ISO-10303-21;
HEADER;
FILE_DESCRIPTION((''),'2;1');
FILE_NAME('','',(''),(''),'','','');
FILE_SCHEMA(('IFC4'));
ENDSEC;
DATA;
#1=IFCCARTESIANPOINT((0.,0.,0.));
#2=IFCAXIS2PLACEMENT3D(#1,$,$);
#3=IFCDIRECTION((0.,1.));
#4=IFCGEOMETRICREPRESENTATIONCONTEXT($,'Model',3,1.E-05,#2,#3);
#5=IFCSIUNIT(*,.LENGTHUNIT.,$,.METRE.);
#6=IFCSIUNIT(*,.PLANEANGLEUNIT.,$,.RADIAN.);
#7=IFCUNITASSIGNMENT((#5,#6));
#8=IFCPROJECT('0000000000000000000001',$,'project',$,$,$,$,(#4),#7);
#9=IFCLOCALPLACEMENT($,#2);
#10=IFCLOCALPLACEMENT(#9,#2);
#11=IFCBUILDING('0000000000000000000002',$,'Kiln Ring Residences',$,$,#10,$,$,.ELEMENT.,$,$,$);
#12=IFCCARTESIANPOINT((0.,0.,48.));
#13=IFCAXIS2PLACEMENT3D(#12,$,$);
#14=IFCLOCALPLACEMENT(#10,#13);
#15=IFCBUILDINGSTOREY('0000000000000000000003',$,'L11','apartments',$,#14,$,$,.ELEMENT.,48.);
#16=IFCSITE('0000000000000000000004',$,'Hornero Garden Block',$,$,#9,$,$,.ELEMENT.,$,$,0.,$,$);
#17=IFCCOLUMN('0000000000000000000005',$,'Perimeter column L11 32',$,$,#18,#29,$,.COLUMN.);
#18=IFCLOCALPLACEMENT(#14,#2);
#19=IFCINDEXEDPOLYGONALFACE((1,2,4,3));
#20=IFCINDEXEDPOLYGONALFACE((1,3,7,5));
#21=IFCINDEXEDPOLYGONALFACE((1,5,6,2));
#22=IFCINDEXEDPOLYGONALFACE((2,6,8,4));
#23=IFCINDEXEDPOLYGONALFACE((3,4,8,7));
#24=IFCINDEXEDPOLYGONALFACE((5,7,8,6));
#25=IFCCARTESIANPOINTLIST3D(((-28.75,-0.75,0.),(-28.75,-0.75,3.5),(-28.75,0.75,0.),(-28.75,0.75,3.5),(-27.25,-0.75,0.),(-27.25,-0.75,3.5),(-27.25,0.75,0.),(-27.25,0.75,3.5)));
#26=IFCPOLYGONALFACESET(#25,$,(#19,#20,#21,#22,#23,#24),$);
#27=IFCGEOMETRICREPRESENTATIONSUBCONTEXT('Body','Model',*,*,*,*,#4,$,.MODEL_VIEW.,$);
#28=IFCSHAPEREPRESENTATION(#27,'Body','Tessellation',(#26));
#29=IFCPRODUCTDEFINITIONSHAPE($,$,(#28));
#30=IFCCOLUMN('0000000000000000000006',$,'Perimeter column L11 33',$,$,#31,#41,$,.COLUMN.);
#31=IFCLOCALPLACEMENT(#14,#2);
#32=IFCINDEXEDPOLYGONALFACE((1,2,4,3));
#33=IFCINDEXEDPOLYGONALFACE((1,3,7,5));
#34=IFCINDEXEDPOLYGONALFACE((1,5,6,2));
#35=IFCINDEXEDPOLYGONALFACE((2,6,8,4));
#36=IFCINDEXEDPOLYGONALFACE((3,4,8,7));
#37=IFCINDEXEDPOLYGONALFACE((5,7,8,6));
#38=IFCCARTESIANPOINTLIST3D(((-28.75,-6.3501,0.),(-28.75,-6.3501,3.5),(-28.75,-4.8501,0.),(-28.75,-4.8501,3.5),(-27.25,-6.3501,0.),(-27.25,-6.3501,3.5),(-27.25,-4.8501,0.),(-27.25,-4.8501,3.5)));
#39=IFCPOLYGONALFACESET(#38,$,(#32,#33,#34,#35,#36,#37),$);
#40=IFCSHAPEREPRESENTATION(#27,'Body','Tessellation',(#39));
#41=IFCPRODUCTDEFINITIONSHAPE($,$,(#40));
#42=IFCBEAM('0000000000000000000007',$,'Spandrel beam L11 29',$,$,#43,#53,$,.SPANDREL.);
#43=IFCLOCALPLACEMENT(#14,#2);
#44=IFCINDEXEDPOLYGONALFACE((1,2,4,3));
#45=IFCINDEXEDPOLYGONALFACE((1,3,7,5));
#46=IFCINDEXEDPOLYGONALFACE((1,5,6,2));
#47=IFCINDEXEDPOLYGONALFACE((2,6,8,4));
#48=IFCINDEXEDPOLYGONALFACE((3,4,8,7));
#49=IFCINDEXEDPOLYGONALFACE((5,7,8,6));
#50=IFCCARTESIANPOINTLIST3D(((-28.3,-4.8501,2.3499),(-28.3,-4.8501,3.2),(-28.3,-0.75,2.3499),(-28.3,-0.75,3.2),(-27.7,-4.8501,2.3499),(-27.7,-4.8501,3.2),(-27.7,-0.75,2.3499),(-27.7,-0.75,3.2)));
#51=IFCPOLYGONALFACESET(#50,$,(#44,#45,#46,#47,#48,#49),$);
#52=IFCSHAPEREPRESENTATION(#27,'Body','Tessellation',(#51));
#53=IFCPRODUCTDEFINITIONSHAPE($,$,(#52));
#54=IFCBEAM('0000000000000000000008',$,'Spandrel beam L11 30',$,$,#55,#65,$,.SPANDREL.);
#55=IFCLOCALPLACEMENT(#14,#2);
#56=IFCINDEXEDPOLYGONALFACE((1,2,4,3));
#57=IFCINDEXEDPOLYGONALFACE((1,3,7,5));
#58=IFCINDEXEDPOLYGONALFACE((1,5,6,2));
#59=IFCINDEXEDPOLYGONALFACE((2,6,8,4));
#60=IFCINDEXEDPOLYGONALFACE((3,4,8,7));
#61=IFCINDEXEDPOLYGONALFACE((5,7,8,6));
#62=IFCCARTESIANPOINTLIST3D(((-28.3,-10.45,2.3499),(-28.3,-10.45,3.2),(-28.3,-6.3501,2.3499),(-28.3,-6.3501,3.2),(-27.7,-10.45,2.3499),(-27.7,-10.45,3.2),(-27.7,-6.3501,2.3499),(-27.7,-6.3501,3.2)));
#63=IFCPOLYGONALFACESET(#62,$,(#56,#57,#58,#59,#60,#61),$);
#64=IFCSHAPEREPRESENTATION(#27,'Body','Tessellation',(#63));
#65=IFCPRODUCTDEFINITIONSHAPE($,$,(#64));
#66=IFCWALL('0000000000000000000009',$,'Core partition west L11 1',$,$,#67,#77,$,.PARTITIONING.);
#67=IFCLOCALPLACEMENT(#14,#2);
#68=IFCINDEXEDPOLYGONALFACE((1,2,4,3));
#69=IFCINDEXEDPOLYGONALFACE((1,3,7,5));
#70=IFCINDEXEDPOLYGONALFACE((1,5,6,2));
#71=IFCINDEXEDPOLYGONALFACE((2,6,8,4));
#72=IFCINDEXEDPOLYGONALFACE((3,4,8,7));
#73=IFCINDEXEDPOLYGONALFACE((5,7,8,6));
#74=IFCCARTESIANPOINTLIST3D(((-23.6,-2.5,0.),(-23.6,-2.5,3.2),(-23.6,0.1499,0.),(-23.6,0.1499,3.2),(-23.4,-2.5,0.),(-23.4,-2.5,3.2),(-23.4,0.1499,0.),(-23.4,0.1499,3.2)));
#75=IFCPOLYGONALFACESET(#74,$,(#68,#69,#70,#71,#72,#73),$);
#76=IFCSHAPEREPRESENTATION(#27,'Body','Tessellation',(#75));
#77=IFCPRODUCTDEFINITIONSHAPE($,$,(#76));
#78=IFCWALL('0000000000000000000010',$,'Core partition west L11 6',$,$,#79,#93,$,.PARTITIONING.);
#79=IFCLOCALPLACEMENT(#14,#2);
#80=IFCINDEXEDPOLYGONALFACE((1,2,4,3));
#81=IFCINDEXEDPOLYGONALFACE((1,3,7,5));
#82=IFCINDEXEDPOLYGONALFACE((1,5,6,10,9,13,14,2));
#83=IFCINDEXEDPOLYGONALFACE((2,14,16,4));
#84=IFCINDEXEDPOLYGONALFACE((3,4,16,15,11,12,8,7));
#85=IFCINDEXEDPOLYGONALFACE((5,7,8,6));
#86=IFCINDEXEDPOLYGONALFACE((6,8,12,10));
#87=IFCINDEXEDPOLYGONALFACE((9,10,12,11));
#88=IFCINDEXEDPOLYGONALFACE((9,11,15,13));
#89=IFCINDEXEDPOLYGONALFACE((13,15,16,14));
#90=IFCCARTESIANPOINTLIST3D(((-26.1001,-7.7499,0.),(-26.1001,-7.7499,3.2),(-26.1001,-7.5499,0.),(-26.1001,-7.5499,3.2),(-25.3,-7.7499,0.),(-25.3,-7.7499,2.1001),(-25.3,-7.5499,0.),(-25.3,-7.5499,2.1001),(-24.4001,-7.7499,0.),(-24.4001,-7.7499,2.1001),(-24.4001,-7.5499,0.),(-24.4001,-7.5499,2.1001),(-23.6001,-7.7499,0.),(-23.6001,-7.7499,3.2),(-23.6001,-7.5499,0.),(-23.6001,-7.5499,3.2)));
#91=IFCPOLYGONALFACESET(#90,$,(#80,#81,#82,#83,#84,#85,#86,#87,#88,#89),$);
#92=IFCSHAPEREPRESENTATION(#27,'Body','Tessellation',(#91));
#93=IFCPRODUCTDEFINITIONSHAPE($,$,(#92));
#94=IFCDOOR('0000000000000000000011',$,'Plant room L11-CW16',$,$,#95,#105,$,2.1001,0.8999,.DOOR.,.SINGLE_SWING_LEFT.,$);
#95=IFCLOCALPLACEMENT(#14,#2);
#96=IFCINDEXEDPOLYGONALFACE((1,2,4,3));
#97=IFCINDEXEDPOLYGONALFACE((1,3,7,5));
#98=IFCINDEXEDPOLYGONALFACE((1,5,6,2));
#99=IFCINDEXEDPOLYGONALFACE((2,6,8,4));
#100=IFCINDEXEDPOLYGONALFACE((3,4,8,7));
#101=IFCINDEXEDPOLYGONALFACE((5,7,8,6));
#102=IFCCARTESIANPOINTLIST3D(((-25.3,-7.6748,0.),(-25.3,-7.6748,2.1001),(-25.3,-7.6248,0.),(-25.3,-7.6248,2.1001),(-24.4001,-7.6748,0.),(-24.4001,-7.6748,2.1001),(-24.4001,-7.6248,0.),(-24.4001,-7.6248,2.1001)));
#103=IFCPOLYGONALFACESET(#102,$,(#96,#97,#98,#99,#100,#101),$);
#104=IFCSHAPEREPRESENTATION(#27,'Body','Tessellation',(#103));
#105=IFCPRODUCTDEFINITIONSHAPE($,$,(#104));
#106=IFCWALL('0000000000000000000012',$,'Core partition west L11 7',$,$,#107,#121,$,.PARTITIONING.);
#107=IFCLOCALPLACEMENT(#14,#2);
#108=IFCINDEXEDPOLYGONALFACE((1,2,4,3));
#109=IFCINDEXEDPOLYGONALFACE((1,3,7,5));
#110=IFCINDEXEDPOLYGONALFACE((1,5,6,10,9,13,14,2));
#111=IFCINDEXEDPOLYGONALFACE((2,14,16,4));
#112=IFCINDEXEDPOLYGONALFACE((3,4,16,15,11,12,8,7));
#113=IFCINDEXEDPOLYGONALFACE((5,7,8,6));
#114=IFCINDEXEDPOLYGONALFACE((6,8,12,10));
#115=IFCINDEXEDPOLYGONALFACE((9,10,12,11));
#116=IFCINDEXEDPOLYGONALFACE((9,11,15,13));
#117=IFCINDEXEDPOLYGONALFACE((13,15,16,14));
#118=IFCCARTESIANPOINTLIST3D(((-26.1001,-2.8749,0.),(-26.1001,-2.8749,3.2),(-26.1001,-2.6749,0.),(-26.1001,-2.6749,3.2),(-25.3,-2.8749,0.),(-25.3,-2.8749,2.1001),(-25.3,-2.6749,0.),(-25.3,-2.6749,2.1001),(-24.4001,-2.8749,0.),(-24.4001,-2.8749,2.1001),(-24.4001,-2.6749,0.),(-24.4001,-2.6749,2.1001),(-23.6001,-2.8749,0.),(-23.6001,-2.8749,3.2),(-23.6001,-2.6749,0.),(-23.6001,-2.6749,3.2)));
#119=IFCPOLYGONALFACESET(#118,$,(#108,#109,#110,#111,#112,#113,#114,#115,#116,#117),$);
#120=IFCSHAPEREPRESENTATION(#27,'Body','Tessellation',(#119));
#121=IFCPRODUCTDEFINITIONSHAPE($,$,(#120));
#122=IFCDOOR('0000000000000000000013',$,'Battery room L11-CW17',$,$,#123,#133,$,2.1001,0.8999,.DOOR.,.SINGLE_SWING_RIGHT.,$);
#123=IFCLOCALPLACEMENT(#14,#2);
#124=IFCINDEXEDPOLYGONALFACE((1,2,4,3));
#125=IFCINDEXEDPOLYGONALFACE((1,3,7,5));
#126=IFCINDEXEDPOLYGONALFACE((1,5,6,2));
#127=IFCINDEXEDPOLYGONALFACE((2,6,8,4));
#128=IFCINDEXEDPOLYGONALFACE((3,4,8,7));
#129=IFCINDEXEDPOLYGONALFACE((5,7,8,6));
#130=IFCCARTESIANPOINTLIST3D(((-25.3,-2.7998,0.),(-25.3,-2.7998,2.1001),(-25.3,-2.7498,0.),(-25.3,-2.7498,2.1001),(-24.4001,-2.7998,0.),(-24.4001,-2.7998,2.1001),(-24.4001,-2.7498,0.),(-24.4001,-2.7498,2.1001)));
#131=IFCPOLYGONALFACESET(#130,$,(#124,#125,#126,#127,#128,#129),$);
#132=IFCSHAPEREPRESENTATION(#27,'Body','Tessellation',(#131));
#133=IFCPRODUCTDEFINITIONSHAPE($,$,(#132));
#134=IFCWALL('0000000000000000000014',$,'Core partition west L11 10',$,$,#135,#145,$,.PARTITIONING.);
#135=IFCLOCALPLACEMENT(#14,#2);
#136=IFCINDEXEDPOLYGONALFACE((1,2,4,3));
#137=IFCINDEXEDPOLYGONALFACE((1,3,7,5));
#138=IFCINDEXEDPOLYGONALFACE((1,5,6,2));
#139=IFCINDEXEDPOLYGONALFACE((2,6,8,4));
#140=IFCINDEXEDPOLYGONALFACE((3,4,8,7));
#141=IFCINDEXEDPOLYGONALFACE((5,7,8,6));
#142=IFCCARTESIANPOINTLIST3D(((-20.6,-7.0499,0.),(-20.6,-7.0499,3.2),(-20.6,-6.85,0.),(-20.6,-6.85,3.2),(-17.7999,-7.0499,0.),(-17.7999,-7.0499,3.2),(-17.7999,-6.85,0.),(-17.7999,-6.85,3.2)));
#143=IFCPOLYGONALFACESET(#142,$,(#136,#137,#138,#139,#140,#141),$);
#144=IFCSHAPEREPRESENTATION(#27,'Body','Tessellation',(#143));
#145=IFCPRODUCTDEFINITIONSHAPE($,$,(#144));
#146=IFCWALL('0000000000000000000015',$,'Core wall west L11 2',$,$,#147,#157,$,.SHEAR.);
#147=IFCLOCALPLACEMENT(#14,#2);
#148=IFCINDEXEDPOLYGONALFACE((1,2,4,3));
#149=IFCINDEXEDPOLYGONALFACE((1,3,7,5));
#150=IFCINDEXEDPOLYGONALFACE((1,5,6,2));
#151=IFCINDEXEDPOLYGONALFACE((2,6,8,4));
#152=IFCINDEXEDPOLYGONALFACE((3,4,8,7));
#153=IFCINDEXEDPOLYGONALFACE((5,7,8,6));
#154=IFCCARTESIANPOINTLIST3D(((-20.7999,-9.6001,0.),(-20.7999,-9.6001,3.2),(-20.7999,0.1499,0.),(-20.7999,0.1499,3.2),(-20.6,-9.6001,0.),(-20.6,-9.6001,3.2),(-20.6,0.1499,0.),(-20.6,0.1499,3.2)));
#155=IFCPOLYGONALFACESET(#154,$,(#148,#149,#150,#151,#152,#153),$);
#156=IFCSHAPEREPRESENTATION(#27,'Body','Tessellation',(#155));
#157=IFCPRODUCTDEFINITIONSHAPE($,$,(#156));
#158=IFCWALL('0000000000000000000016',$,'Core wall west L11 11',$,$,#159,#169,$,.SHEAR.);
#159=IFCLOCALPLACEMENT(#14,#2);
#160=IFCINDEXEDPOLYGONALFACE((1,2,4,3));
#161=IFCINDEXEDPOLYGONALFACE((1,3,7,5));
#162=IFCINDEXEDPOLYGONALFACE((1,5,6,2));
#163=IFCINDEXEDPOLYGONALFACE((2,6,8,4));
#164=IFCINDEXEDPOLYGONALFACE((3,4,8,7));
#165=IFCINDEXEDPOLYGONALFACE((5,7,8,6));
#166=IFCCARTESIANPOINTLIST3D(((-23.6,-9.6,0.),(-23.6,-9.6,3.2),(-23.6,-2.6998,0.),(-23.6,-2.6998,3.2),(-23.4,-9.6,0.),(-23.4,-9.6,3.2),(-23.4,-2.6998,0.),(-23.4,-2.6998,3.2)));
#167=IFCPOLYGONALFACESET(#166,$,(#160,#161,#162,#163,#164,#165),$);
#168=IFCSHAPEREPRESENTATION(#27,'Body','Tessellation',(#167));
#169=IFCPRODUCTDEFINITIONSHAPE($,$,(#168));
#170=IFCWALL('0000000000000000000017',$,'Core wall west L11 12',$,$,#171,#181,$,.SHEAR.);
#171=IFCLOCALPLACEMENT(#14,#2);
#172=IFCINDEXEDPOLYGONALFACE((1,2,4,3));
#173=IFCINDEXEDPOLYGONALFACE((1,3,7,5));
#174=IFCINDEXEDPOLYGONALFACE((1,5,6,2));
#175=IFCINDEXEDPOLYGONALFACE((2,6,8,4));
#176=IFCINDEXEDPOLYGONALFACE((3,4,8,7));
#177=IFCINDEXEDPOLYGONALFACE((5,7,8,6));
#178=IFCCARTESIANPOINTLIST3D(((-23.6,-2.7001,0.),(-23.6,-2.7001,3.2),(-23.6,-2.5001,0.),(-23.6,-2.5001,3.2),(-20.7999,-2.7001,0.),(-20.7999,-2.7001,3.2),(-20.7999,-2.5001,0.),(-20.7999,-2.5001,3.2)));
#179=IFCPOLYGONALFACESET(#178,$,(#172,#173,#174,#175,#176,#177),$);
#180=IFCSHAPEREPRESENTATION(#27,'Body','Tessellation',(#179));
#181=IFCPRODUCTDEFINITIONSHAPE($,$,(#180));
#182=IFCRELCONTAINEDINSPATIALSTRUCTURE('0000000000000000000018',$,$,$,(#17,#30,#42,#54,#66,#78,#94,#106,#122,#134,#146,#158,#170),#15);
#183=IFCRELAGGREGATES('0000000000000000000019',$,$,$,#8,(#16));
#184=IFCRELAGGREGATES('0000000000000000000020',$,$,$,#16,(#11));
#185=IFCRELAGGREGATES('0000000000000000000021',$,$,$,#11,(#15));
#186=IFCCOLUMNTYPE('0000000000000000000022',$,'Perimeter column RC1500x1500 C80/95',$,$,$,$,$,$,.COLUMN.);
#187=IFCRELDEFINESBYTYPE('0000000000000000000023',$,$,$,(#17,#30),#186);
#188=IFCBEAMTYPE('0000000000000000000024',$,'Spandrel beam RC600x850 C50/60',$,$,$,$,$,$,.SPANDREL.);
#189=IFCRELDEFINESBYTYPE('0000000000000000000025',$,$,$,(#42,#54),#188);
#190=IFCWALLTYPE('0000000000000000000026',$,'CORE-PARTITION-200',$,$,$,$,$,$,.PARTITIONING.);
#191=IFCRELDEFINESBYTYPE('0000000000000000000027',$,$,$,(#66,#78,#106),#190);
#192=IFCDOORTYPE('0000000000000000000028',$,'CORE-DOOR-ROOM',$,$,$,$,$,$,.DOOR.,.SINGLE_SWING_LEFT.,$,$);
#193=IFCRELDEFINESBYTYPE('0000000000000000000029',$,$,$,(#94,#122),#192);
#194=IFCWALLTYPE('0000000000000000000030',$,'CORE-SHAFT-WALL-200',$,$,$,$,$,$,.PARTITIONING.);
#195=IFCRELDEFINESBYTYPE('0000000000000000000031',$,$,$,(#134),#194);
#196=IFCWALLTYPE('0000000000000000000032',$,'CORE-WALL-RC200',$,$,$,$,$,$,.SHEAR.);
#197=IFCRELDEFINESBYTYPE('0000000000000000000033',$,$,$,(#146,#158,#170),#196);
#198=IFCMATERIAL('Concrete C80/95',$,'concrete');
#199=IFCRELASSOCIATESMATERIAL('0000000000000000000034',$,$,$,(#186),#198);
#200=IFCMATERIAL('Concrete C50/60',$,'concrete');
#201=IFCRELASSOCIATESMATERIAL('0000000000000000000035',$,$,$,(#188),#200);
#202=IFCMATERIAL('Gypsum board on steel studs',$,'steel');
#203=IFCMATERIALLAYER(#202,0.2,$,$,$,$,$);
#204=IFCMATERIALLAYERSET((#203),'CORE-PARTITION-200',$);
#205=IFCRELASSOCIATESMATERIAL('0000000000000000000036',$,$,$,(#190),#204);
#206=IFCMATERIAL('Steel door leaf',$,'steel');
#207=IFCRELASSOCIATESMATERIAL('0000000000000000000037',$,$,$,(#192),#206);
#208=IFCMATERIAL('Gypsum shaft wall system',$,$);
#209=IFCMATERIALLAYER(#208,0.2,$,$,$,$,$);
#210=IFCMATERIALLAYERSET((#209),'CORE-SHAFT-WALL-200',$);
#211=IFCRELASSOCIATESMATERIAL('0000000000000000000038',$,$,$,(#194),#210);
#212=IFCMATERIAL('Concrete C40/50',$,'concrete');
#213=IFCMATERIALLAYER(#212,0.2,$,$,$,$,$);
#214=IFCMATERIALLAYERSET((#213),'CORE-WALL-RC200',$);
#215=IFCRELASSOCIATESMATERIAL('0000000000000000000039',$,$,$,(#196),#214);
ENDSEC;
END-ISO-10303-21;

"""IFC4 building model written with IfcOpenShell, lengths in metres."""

from ifc_helpers import new_model, si_unit, direction, frame, frame_2d, origin, origin_2d, place, context, subcontext, project, spatial, rectangle, extrude, material, layer, layer_set, material_profile, profile_set, type_object, element, fill, save


model = new_model("IFC4")

# Units and contexts
model_context = context("Model", 3, precision=1e-05, world=origin(), true_north=direction((0.0, 1.0)))
body_context = subcontext(model_context, "Body", "Model", "MODEL_VIEW")
ifc_project = project(units=[si_unit("LENGTHUNIT", "METRE"), si_unit("PLANEANGLEUNIT", "RADIAN")], contexts=[model_context])

# Site, building, storey
site_placement = place(None, origin())
site = spatial("IfcSite", under=ifc_project, at=site_placement, Name="Hornero Garden Block", CompositionType="ELEMENT", RefElevation=0.0)
building_placement = place(site_placement, origin())
building = spatial("IfcBuilding", under=site, at=building_placement, Name="Kiln Ring Residences", CompositionType="ELEMENT")
storey_placement = place(building_placement, frame((0.0, 0.0, 48.0)))
storey = spatial("IfcBuildingStorey", under=building, at=storey_placement, Name="L11", Description="apartments", CompositionType="ELEMENT", Elevation=48.0)

# Columns
ifc_material_1 = material(Name="Concrete C80/95", Category="concrete")
ifc_material_profile_1 = material_profile(ifc_material_1, rectangle(XDim=1.5, YDim=1.5, at=origin_2d()), Name="RC1500x1500")
ifc_profile_set_1 = profile_set([ifc_material_profile_1], Name="Concrete C80/95")
column_type = type_object("IfcColumnType", Name="Perimeter column RC1500x1500 C80/95", PredefinedType="COLUMN", material=ifc_profile_set_1)
for number, where, z_axis, x_axis, name in (
    (1, (-28.0, 0.0, 0.0), (0.0, 0.0, 1.0), (1.0, 0.0, 0.0), "Perimeter column L11 32"),
    (2, (-28.0, -5.6001, 0.0), (0.0, 0.0, 1.0), (1.0, 0.0, 0.0), "Perimeter column L11 33"),
):
    element("IfcColumn", number, at=place(storey_placement, frame(where, z_axis=z_axis, x_axis=x_axis)), inside=storey, type_object=column_type, Name=name, PredefinedType="COLUMN", context=body_context, shape_type="SweptSolid", body=[
        extrude(rectangle(XDim=1.5, YDim=1.5, at=origin_2d()), origin(), (0.0, 0.0, 1.0), 3.5),
    ])

# Beams
ifc_material_2 = material(Name="Concrete C50/60", Category="concrete")
ifc_material_profile_2 = material_profile(ifc_material_2, rectangle(XDim=0.6001, YDim=0.8501, at=origin_2d()), Name="RC600x850")
ifc_profile_set_2 = profile_set([ifc_material_profile_2], Name="Concrete C50/60")
beam_type = type_object("IfcBeamType", Name="Spandrel beam RC600x850 C50/60", PredefinedType="SPANDREL", material=ifc_profile_set_2)
beam_1_placement = place(storey_placement, frame((-28.0, -0.75, 2.7749), z_axis=(0.0, -1.0, 0.0), x_axis=(1.0, 0.0, 0.0)))
element("IfcBeam", 3, at=beam_1_placement, inside=storey, type_object=beam_type, Name="Spandrel beam L11 29", PredefinedType="SPANDREL", context=body_context, shape_type="SweptSolid", body=[
    extrude(rectangle(XDim=0.6001, YDim=0.8501, at=origin_2d()), origin(), (0.0, 0.0, 1.0), 4.1001),
])
beam_2_placement = place(storey_placement, frame((-28.0, -6.3501, 2.7749), z_axis=(0.0, -1.0, 0.0), x_axis=(1.0, 0.0, 0.0)))
element("IfcBeam", 4, at=beam_2_placement, inside=storey, type_object=beam_type, Name="Spandrel beam L11 30", PredefinedType="SPANDREL", context=body_context, shape_type="SweptSolid", body=[
    extrude(rectangle(XDim=0.6001, YDim=0.8501, at=origin_2d()), origin(), (0.0, 0.0, 1.0), 4.0999),
])

# Wall
ifc_material_3 = material(Name="Gypsum board on steel studs", Category="steel")
ifc_layer_1 = layer(ifc_material_3, 0.2)
ifc_layer_set_1 = layer_set([ifc_layer_1], Name="CORE-PARTITION-200")
wall_type_1 = type_object("IfcWallType", Name="CORE-PARTITION-200", PredefinedType="PARTITIONING", material=ifc_layer_set_1)
wall_1_placement = place(storey_placement, frame((-23.5, -2.5, 0.0), z_axis=(0.0, 0.0, 1.0), x_axis=(0.0, 1.0, 0.0)))
element("IfcWall", 5, at=wall_1_placement, inside=storey, type_object=wall_type_1, Name="Core partition west L11 1", PredefinedType="PARTITIONING", context=body_context, shape_type="SweptSolid", body=[
    extrude(rectangle(XDim=2.6499, YDim=0.2, at=frame_2d((1.325, 0.0))), origin(), (0.0, 0.0, 1.0), 3.2),
])

# Walls, openings, doors
wall_2_placement = place(storey_placement, frame((-23.6001, -7.6499, 0.0), z_axis=(0.0, 0.0, 1.0), x_axis=(-1.0, 0.0, 0.0)))
wall_2 = element("IfcWall", 6, at=wall_2_placement, inside=storey, type_object=wall_type_1, Name="Core partition west L11 6", PredefinedType="PARTITIONING", context=body_context, shape_type="SweptSolid", body=[
    extrude(rectangle(XDim=2.5, YDim=0.2, at=frame_2d((1.25, 0.0))), origin(), (0.0, 0.0, 1.0), 3.2),
])
opening_1_placement = place(wall_2_placement, frame((0.8, 0.0, 0.0)))
opening_1 = element("IfcOpeningElement", 7, at=opening_1_placement, cuts=wall_2, PredefinedType="OPENING", context=body_context, shape_type="SweptSolid", body=[
    extrude(rectangle(XDim=0.8999, YDim=2.1001, at=frame_2d((0.45, 1.05))), frame((0.0, 0.1099, 0.0), z_axis=(0.0, -1.0, 0.0), x_axis=(1.0, 0.0, 0.0)), (0.0, 0.0, 1.0), 0.22),
])
ifc_material_4 = material(Name="Steel door leaf", Category="steel")
door_type = type_object("IfcDoorType", Name="CORE-DOOR-ROOM", OperationType="SINGLE_SWING_LEFT", PredefinedType="DOOR", material=ifc_material_4)
door_1_placement = place(opening_1_placement, origin())
door_1 = element("IfcDoor", 8, at=door_1_placement, inside=storey, type_object=door_type, Name="Plant room L11-CW16", OperationType="SINGLE_SWING_LEFT", OverallHeight=2.1001, OverallWidth=0.8999, PredefinedType="DOOR", context=body_context, shape_type="SweptSolid", body=[
    extrude(rectangle(XDim=0.8999, YDim=2.1001, at=frame_2d((0.45, 1.05))), frame((0.0, 0.0249, 0.0), z_axis=(0.0, -1.0, 0.0), x_axis=(1.0, 0.0, 0.0)), (0.0, 0.0, 1.0), 0.05),
])
fill(opening_1, door_1)
wall_3_placement = place(storey_placement, frame((-23.6001, -2.7749, 0.0), z_axis=(0.0, 0.0, 1.0), x_axis=(-1.0, 0.0, 0.0)))
wall_3 = element("IfcWall", 9, at=wall_3_placement, inside=storey, type_object=wall_type_1, Name="Core partition west L11 7", PredefinedType="PARTITIONING", context=body_context, shape_type="SweptSolid", body=[
    extrude(rectangle(XDim=2.5, YDim=0.2, at=frame_2d((1.25, 0.0))), origin(), (0.0, 0.0, 1.0), 3.2),
])
opening_2_placement = place(wall_3_placement, frame((0.8, 0.0, 0.0)))
opening_2 = element("IfcOpeningElement", 10, at=opening_2_placement, cuts=wall_3, PredefinedType="OPENING", context=body_context, shape_type="SweptSolid", body=[
    extrude(rectangle(XDim=0.8999, YDim=2.1001, at=frame_2d((0.45, 1.05))), frame((0.0, 0.1099, 0.0), z_axis=(0.0, -1.0, 0.0), x_axis=(1.0, 0.0, 0.0)), (0.0, 0.0, 1.0), 0.22),
])
door_2_placement = place(opening_2_placement, origin())
door_2 = element("IfcDoor", 11, at=door_2_placement, inside=storey, type_object=door_type, Name="Battery room L11-CW17", OperationType="SINGLE_SWING_RIGHT", OverallHeight=2.1001, OverallWidth=0.8999, PredefinedType="DOOR", context=body_context, shape_type="SweptSolid", body=[
    extrude(rectangle(XDim=0.8999, YDim=2.1001, at=frame_2d((0.45, 1.05))), frame((0.0, 0.0249, 0.0), z_axis=(0.0, -1.0, 0.0), x_axis=(1.0, 0.0, 0.0)), (0.0, 0.0, 1.0), 0.05),
])
fill(opening_2, door_2)

# Walls
ifc_material_5 = material(Name="Gypsum shaft wall system")
ifc_layer_2 = layer(ifc_material_5, 0.2)
ifc_layer_set_2 = layer_set([ifc_layer_2], Name="CORE-SHAFT-WALL-200")
wall_type_2 = type_object("IfcWallType", Name="CORE-SHAFT-WALL-200", PredefinedType="PARTITIONING", material=ifc_layer_set_2)
wall_4_placement = place(storey_placement, frame((-17.8, -6.95, 0.0), z_axis=(0.0, 0.0, 1.0), x_axis=(-1.0, 0.0, 0.0)))
element("IfcWall", 12, at=wall_4_placement, inside=storey, type_object=wall_type_2, Name="Core partition west L11 10", PredefinedType="PARTITIONING", context=body_context, shape_type="SweptSolid", body=[
    extrude(rectangle(XDim=2.8, YDim=0.2, at=frame_2d((1.3999, 0.0))), origin(), (0.0, 0.0, 1.0), 3.2),
])
ifc_material_6 = material(Name="Concrete C40/50", Category="concrete")
ifc_layer_3 = layer(ifc_material_6, 0.2)
ifc_layer_set_3 = layer_set([ifc_layer_3], Name="CORE-WALL-RC200")
wall_type_3 = type_object("IfcWallType", Name="CORE-WALL-RC200", PredefinedType="SHEAR", material=ifc_layer_set_3)
wall_5_placement = place(storey_placement, frame((-20.7, -9.6001, 0.0), z_axis=(0.0, 0.0, 1.0), x_axis=(0.0, 1.0, 0.0)))
element("IfcWall", 13, at=wall_5_placement, inside=storey, type_object=wall_type_3, Name="Core wall west L11 2", PredefinedType="SHEAR", context=body_context, shape_type="SweptSolid", body=[
    extrude(rectangle(XDim=9.75, YDim=0.2, at=frame_2d((4.875, 0.0))), origin(), (0.0, 0.0, 1.0), 3.2),
])
wall_6_placement = place(storey_placement, frame((-23.5, -9.6001, 0.0), z_axis=(0.0, 0.0, 1.0), x_axis=(0.0, 1.0, 0.0)))
element("IfcWall", 14, at=wall_6_placement, inside=storey, type_object=wall_type_3, Name="Core wall west L11 11", PredefinedType="SHEAR", context=body_context, shape_type="SweptSolid", body=[
    extrude(rectangle(XDim=6.9001, YDim=0.2, at=frame_2d((3.4502, 0.0))), origin(), (0.0, 0.0, 1.0), 3.2),
])
wall_7_placement = place(storey_placement, frame((-20.8, -2.6001, 0.0), z_axis=(0.0, 0.0, 1.0), x_axis=(-1.0, 0.0, 0.0)))
element("IfcWall", 15, at=wall_7_placement, inside=storey, type_object=wall_type_3, Name="Core wall west L11 12", PredefinedType="SHEAR", context=body_context, shape_type="SweptSolid", body=[
    extrude(rectangle(XDim=2.8, YDim=0.2, at=frame_2d((1.3999, 0.0))), origin(), (0.0, 0.0, 1.0), 3.2),
])

save(model, "model.ifc")
